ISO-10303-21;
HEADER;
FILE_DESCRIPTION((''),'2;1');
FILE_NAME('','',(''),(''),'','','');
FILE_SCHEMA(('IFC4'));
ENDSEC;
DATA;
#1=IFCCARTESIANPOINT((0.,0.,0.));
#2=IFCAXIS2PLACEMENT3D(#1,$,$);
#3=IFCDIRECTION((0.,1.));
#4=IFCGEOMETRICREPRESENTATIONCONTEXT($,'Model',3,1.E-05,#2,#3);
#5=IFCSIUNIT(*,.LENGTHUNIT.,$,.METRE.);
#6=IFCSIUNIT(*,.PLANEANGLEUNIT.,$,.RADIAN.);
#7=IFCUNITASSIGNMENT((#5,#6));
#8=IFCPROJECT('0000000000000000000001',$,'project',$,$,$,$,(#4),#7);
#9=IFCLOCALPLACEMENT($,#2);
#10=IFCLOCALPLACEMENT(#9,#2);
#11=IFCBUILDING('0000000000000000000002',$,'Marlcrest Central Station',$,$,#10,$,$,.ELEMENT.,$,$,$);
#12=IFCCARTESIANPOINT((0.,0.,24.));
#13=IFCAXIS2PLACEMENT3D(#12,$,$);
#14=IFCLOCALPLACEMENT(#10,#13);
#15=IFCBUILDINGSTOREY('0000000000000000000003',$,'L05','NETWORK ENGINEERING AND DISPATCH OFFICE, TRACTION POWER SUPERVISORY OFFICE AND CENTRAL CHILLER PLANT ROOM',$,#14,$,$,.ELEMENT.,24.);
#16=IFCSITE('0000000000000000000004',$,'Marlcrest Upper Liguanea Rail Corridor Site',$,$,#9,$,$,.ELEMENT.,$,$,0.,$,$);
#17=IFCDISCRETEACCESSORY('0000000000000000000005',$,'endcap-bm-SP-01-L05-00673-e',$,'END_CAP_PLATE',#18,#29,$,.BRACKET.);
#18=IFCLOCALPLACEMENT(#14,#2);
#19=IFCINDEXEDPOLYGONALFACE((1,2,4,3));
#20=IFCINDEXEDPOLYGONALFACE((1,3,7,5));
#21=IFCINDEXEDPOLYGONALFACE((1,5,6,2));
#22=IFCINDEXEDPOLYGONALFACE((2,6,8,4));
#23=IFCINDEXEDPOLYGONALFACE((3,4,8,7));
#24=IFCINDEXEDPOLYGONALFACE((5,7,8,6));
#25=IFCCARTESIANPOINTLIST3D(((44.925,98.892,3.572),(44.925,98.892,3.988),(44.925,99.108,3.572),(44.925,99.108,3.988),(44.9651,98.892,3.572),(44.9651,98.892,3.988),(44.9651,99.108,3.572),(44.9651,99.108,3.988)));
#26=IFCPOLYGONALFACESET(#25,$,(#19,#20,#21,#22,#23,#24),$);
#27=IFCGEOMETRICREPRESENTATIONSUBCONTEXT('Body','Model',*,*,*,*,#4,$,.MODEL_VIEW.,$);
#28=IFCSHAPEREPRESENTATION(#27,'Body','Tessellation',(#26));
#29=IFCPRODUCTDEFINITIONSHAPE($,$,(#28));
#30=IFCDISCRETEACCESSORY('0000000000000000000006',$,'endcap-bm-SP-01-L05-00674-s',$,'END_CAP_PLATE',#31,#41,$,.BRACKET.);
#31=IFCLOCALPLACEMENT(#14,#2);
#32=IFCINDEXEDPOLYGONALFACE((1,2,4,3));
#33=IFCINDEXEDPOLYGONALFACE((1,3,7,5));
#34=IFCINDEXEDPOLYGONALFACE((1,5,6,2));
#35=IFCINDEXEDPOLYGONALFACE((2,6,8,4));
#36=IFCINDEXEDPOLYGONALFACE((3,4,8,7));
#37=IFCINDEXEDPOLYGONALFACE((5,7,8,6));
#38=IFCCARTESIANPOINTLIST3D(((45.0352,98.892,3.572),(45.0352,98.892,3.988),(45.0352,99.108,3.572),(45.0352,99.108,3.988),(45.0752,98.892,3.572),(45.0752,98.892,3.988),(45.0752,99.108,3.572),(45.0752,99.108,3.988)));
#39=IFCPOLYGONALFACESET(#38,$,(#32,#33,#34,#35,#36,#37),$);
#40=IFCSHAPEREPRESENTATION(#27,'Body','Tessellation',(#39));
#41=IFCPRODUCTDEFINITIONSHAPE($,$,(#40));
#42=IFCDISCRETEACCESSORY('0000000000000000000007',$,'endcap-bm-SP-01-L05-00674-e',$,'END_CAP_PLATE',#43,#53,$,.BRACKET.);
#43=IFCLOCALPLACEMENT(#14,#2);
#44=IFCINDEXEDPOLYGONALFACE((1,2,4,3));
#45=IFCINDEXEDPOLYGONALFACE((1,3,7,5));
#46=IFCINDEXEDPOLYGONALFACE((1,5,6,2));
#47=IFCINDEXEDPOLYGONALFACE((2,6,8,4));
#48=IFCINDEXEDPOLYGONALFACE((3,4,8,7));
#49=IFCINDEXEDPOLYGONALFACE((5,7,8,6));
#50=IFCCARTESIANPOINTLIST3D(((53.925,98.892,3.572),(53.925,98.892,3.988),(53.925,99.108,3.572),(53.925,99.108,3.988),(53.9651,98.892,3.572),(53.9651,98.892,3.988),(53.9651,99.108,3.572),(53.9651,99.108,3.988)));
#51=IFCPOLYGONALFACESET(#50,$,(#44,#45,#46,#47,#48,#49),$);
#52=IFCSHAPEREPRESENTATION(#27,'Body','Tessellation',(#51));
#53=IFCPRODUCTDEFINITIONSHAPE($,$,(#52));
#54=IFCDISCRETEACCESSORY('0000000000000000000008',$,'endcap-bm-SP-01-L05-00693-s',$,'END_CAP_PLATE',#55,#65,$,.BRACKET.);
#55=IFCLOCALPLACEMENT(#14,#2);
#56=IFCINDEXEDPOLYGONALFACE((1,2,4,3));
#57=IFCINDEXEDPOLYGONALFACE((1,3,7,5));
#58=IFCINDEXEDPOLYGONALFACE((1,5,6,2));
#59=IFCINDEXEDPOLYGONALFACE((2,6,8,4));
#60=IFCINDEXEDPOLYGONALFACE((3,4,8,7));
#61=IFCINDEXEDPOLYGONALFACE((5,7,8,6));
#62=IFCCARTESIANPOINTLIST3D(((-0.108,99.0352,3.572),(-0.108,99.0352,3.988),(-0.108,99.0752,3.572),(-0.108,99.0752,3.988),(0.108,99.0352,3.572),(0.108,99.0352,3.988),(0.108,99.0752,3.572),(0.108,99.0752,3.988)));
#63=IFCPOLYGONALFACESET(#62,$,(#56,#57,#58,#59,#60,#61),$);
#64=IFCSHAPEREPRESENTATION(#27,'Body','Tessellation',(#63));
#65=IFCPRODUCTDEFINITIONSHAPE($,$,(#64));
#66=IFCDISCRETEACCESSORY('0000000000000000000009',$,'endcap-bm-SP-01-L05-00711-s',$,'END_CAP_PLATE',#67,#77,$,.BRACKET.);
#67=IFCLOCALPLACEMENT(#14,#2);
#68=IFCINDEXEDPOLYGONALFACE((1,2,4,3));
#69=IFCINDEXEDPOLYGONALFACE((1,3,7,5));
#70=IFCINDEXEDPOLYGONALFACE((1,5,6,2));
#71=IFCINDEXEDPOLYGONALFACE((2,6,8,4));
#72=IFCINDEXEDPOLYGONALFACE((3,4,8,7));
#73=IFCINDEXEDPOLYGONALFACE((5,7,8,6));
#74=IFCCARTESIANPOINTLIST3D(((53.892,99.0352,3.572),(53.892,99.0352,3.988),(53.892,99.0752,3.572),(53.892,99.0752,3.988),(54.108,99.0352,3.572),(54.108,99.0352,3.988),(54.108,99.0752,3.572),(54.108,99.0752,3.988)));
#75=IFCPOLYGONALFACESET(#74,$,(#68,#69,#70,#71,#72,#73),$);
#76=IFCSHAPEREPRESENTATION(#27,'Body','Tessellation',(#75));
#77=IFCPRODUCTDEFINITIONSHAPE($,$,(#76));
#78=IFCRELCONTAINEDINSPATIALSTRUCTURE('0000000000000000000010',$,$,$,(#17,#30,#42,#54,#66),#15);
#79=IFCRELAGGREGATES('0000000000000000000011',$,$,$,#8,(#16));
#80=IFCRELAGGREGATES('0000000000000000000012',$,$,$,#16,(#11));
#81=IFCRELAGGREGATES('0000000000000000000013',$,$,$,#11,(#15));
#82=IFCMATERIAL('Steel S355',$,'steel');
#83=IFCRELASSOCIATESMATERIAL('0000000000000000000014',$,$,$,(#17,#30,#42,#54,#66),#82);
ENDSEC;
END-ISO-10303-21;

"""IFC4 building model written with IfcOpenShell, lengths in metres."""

from ifc_helpers import new_model, si_unit, direction, frame, origin, origin_2d, place, context, subcontext, project, spatial, rectangle, extrude, material, element, save


model = new_model("IFC4")

# Units and contexts
model_context = context("Model", 3, precision=1e-05, world=origin(), true_north=direction((0.0, 1.0)))
body_context = subcontext(model_context, "Body", "Model", "MODEL_VIEW")
ifc_project = project(units=[si_unit("LENGTHUNIT", "METRE"), si_unit("PLANEANGLEUNIT", "RADIAN")], contexts=[model_context])

# Site, building, storey
site_placement = place(None, origin())
site = spatial("IfcSite", under=ifc_project, at=site_placement, Name="Marlcrest Upper Liguanea Rail Corridor Site", CompositionType="ELEMENT", RefElevation=0.0)
building_placement = place(site_placement, origin())
building = spatial("IfcBuilding", under=site, at=building_placement, Name="Marlcrest Central Station", CompositionType="ELEMENT")
storey_placement = place(building_placement, frame((0.0, 0.0, 24.0)))
storey = spatial("IfcBuildingStorey", under=building, at=storey_placement, Name="L05", Description="NETWORK ENGINEERING AND DISPATCH OFFICE, TRACTION POWER SUPERVISORY OFFICE AND CENTRAL CHILLER PLANT ROOM", CompositionType="ELEMENT", Elevation=24.0)

# Shared definitions
ifc_material_1 = material(Name="Steel S355", Category="steel")

# Discrete accessories
for number, where, z_axis, x_axis, name in (
    (1, (44.925, 99.0, 3.78), (1.0, 0.0, 0.0), (0.0, 1.0, 0.0), "endcap-bm-SP-01-L05-00673-e"),
    (2, (45.0352, 99.0, 3.78), (1.0, 0.0, 0.0), (0.0, 1.0, 0.0), "endcap-bm-SP-01-L05-00674-s"),
    (3, (53.925, 99.0, 3.78), (1.0, 0.0, 0.0), (0.0, 1.0, 0.0), "endcap-bm-SP-01-L05-00674-e"),
    (4, (0.0, 99.0352, 3.78), (0.0, 1.0, 0.0), (-1.0, 0.0, 0.0), "endcap-bm-SP-01-L05-00693-s"),
    (5, (54.0, 99.0352, 3.78), (0.0, 1.0, 0.0), (-1.0, 0.0, 0.0), "endcap-bm-SP-01-L05-00711-s"),
):
    element("IfcDiscreteAccessory", number, at=place(storey_placement, frame(where, z_axis=z_axis, x_axis=x_axis)), inside=storey, material=ifc_material_1, Name=name, ObjectType="END_CAP_PLATE", PredefinedType="BRACKET", context=body_context, shape_type="SweptSolid", body=[
        extrude(rectangle(XDim=0.2161, YDim=0.416, at=origin_2d()), origin(), (0.0, 0.0, 1.0), 0.04),
    ])

save(model, "model.ifc")
